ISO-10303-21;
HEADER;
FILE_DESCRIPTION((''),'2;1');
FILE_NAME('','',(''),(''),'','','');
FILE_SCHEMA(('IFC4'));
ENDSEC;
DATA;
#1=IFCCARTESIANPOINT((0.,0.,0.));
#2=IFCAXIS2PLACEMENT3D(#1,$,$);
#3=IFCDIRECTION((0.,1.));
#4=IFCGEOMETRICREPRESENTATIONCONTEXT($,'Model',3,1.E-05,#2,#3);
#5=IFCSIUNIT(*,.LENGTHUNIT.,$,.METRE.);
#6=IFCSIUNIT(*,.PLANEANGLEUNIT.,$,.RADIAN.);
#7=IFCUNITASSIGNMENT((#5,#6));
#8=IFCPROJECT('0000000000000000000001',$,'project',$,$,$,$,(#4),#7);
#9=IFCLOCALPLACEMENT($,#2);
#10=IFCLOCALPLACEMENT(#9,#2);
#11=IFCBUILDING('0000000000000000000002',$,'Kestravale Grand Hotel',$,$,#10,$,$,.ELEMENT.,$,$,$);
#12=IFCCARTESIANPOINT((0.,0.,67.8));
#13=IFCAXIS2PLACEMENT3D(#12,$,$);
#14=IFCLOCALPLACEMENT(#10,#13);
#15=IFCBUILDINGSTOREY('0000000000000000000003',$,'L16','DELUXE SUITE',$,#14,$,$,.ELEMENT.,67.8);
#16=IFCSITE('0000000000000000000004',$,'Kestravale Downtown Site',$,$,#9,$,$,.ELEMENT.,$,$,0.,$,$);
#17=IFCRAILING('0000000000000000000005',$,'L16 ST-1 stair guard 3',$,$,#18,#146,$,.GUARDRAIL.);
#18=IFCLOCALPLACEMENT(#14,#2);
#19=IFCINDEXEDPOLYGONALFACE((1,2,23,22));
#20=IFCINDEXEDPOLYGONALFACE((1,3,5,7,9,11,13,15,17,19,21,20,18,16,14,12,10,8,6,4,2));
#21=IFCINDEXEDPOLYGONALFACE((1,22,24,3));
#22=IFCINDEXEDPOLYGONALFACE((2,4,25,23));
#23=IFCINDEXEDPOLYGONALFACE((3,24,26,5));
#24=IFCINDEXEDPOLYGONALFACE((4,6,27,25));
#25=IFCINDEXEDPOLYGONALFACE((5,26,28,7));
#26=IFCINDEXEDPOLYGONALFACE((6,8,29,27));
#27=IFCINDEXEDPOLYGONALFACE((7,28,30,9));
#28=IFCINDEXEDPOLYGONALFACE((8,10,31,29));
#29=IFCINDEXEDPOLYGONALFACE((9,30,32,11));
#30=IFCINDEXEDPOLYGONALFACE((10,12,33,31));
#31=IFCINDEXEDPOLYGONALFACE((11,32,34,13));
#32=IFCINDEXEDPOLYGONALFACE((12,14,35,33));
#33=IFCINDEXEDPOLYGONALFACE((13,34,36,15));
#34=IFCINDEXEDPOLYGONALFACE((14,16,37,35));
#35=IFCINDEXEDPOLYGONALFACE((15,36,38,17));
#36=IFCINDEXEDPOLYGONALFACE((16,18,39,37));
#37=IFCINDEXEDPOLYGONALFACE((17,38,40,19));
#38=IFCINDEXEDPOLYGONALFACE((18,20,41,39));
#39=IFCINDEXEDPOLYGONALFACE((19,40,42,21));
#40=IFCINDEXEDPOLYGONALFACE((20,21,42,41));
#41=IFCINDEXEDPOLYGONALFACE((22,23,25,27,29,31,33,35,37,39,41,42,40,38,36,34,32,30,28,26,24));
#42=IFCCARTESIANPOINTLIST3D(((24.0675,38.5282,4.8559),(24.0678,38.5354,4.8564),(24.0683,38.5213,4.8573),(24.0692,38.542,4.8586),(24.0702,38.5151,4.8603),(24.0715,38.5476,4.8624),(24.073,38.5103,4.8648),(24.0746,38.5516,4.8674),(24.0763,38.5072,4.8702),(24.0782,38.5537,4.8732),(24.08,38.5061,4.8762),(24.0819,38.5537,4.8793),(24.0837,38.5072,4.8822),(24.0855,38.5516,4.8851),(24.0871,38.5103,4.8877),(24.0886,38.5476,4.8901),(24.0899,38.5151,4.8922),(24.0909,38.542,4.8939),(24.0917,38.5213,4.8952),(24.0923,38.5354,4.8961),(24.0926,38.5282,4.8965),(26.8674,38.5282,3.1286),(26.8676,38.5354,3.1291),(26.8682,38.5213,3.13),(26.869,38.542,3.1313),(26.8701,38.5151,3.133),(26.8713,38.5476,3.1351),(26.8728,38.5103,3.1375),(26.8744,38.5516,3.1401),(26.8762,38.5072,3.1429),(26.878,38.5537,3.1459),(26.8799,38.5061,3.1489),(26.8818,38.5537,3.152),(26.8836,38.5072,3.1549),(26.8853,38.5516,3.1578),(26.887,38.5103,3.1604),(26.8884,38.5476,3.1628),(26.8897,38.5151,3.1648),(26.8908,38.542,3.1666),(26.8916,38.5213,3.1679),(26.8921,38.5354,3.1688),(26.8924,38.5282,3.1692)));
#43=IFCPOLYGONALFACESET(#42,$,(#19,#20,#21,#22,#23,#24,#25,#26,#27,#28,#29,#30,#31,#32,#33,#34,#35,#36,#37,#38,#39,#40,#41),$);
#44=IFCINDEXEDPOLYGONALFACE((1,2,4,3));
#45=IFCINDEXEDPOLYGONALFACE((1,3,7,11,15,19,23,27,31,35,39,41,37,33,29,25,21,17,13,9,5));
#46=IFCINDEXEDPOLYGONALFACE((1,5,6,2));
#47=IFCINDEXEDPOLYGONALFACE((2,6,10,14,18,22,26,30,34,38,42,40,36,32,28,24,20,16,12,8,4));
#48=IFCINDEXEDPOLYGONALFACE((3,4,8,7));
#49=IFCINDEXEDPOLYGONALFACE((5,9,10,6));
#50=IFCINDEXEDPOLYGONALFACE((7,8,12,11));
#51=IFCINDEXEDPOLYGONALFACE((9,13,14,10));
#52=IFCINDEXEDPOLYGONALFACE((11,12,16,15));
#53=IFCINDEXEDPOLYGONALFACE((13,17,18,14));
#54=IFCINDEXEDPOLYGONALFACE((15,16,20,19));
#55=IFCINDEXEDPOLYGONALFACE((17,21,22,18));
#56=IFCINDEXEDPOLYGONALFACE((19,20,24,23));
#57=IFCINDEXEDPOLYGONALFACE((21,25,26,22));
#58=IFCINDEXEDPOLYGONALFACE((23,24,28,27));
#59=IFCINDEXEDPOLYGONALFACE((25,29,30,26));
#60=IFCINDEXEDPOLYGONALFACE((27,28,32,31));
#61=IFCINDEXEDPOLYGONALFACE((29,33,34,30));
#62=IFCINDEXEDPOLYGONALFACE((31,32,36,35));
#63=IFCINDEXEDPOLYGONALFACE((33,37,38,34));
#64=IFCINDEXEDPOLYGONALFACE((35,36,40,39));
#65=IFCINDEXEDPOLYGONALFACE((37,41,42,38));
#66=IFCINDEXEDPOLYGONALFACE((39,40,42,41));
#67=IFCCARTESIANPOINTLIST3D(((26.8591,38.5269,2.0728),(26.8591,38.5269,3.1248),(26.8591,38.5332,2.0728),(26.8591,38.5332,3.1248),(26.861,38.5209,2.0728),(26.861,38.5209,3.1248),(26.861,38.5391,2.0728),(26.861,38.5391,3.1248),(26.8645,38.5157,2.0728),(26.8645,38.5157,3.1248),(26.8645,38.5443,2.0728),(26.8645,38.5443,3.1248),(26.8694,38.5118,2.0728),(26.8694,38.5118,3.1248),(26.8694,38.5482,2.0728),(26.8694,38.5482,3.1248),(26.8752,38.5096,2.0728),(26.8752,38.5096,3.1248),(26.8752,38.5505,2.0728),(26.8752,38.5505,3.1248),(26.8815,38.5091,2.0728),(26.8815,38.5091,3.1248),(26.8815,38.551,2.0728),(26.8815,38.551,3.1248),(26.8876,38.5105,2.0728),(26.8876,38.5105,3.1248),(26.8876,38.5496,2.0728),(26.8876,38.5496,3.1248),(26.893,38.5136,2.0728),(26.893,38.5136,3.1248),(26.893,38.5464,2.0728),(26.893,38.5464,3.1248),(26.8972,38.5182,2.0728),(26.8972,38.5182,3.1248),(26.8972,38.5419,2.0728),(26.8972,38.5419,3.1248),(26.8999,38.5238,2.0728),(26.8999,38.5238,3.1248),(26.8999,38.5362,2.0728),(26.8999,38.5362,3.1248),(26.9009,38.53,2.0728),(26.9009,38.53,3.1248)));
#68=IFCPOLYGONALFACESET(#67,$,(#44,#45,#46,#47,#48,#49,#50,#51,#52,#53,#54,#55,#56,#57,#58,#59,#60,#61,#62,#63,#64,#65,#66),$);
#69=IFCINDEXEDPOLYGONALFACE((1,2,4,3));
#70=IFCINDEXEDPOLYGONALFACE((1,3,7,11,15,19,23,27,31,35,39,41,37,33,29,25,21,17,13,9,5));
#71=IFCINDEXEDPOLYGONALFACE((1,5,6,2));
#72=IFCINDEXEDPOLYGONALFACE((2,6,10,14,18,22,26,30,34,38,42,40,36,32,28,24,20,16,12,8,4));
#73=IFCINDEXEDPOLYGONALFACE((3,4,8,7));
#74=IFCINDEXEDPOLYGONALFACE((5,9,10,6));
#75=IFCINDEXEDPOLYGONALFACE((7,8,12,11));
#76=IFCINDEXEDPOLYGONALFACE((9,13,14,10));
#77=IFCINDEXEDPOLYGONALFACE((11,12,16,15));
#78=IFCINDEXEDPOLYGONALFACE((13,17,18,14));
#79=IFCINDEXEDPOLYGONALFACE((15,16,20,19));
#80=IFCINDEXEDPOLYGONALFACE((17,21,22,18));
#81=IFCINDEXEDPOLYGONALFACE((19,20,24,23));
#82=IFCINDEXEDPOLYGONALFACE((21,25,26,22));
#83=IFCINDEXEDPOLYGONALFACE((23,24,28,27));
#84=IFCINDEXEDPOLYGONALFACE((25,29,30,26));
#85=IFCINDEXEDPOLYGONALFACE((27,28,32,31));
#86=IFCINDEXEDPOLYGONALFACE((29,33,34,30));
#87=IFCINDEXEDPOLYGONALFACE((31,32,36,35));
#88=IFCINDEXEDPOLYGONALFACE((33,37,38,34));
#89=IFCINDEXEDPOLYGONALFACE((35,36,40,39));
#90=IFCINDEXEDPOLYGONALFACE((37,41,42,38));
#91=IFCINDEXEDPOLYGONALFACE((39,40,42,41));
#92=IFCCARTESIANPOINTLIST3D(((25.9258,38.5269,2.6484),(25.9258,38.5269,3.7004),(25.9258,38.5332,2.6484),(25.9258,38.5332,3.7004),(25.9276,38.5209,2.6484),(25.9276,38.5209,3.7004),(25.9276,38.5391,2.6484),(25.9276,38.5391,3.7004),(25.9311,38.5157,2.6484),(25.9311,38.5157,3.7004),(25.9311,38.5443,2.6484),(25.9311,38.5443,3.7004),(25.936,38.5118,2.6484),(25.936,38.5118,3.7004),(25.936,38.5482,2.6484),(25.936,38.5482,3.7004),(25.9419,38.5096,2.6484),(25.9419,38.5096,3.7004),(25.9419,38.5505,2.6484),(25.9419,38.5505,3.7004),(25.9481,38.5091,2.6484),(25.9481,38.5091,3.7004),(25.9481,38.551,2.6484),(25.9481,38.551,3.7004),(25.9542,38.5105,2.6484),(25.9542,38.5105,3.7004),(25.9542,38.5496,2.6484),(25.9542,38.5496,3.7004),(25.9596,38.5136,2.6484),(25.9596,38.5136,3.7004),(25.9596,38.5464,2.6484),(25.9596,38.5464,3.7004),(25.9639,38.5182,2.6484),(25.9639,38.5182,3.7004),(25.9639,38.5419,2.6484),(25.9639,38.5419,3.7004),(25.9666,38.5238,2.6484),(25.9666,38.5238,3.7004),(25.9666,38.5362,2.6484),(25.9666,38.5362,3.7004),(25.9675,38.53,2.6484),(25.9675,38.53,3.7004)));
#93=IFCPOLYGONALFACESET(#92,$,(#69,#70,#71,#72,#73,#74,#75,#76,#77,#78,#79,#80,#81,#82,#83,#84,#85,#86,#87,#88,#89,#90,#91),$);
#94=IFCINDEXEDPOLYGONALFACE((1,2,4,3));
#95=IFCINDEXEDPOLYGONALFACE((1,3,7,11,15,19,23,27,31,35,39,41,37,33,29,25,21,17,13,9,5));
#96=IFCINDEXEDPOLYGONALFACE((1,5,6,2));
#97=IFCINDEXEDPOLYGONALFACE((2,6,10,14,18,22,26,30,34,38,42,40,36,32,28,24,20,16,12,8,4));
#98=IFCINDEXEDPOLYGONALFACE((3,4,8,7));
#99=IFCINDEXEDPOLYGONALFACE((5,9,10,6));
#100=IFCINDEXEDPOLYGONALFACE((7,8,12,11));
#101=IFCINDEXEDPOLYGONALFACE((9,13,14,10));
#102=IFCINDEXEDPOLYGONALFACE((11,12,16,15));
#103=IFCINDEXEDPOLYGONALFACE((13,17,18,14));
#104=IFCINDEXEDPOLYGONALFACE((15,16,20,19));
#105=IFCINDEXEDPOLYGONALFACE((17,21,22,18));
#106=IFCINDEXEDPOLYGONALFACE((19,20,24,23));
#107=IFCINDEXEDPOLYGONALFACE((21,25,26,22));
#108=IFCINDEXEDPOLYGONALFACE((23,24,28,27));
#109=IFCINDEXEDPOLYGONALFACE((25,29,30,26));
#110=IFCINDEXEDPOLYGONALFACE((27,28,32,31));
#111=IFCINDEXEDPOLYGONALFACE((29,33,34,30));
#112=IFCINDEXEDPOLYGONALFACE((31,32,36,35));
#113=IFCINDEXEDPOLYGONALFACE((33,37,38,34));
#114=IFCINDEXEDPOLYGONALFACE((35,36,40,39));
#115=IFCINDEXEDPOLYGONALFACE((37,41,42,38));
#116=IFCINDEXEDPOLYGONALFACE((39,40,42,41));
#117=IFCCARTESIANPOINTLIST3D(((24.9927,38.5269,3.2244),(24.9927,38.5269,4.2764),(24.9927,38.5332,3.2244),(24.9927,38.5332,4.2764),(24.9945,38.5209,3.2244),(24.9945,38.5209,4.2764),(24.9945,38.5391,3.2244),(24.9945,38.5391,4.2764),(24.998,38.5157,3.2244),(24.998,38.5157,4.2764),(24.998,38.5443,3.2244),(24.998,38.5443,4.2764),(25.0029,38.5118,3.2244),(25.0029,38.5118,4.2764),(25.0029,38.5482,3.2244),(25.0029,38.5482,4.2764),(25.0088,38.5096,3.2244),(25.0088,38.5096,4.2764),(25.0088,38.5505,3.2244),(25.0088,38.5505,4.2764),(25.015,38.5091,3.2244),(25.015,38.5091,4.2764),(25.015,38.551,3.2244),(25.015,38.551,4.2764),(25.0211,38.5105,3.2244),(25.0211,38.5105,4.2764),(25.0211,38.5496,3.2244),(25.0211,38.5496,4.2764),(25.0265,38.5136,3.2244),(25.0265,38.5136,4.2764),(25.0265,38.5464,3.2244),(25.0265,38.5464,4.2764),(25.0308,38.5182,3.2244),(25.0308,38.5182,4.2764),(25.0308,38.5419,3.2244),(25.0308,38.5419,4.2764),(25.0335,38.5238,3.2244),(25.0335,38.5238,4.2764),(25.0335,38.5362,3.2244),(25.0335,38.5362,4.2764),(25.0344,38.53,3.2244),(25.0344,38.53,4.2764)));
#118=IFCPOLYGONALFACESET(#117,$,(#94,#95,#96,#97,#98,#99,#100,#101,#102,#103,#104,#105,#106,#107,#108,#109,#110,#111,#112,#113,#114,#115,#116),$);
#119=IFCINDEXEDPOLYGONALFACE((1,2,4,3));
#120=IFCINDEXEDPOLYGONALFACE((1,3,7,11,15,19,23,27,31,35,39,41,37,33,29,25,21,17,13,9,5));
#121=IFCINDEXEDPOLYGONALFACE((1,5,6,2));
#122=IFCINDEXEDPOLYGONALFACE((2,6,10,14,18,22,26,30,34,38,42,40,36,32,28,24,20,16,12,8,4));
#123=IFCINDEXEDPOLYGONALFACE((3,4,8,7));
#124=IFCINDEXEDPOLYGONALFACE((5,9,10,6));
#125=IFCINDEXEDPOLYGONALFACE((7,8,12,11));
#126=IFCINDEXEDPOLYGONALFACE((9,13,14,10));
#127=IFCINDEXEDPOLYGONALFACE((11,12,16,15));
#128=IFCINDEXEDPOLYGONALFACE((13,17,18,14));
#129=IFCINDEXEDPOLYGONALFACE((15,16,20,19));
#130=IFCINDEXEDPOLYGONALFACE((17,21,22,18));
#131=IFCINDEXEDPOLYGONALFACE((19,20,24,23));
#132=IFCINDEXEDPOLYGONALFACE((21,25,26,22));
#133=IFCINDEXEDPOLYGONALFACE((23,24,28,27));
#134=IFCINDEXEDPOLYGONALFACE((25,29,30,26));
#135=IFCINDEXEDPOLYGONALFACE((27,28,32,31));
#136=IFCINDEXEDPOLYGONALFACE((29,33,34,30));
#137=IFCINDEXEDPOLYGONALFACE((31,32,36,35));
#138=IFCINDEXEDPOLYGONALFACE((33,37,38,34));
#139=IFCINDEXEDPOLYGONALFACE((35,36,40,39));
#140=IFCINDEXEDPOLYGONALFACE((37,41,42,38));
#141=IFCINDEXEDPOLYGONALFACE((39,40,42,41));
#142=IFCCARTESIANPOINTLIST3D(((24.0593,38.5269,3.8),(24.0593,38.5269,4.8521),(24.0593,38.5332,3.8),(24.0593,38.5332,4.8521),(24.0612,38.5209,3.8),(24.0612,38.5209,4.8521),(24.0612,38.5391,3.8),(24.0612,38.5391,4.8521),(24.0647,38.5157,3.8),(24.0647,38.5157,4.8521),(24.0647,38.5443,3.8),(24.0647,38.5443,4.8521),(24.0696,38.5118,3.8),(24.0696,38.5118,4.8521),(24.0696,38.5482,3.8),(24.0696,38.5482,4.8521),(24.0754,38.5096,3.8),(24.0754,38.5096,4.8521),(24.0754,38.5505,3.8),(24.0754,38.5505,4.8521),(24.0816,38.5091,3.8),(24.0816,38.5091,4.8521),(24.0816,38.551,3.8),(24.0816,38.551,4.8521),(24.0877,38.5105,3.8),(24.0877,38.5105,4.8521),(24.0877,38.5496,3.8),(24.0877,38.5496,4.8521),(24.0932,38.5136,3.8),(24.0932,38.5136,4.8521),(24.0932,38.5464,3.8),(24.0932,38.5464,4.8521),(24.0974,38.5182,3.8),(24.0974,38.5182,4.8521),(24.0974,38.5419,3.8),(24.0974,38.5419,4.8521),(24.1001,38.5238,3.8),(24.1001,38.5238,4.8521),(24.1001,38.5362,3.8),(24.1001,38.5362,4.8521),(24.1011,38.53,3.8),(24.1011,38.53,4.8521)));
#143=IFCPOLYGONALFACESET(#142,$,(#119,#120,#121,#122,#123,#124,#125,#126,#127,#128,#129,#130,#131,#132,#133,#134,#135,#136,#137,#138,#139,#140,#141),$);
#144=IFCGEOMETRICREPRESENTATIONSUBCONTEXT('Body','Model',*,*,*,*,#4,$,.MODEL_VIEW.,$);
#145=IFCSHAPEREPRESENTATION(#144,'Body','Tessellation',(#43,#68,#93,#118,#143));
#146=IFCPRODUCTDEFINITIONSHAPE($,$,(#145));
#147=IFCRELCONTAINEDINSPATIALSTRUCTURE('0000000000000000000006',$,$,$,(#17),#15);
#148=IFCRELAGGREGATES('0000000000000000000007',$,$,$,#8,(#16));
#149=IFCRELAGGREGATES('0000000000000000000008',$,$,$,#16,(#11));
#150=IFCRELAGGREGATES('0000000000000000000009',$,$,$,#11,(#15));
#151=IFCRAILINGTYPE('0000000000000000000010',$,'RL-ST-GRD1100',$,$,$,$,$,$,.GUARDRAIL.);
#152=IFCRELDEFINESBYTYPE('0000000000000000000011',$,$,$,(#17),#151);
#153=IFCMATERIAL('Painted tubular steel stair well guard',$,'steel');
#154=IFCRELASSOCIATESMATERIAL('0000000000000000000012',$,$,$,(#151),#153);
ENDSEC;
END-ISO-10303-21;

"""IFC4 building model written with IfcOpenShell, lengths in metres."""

from ifc_helpers import new_model, si_unit, direction, frame, origin, origin_2d, place, context, subcontext, project, spatial, circle, extrude, material, type_object, element, save


model = new_model("IFC4")

# Units and contexts
model_context = context("Model", 3, precision=1e-05, world=origin(), true_north=direction((0.0, 1.0)))
body_context = subcontext(model_context, "Body", "Model", "MODEL_VIEW")
ifc_project = project(units=[si_unit("LENGTHUNIT", "METRE"), si_unit("PLANEANGLEUNIT", "RADIAN")], contexts=[model_context])

# Site, building, storey
site_placement = place(None, origin())
site = spatial("IfcSite", under=ifc_project, at=site_placement, Name="Kestravale Downtown Site", CompositionType="ELEMENT", RefElevation=0.0)
building_placement = place(site_placement, origin())
building = spatial("IfcBuilding", under=site, at=building_placement, Name="Kestravale Grand Hotel", CompositionType="ELEMENT")
storey_placement = place(building_placement, frame((0.0, 0.0, 67.8)))
storey = spatial("IfcBuildingStorey", under=building, at=storey_placement, Name="L16", Description="DELUXE SUITE", CompositionType="ELEMENT", Elevation=67.8)

# Railing
ifc_material_1 = material(Name="Painted tubular steel stair well guard", Category="steel")
railing_type_1 = type_object("IfcRailingType", Name="RL-ST-GRD1100", PredefinedType="GUARDRAIL", material=ifc_material_1)
railing_1_placement = place(storey_placement, frame((26.8799, 38.53, 2.0728)))
element("IfcRailing", 1, at=railing_1_placement, inside=storey, type_object=railing_type_1, Name="L16 ST-1 stair guard 3", PredefinedType="GUARDRAIL", context=body_context, shape_type="SweptSolid", body=[
    extrude(circle(Radius=0.0239, at=origin_2d()), frame((0.0, 0.0, 1.0762), z_axis=(-0.851069, 0.0, 0.525054), x_axis=(0.0, -1.0, 0.0)), (0.0, 0.0, 1.0), 3.2898),
    extrude(circle(Radius=0.021, at=origin_2d()), origin(), (0.0, 0.0, 1.0), 1.052),
    extrude(circle(Radius=0.021, at=origin_2d()), frame((-0.9333, 0.0, 0.5757)), (0.0, 0.0, 1.0), 1.052),
    extrude(circle(Radius=0.021, at=origin_2d()), frame((-1.8665, 0.0, 1.1516)), (0.0, 0.0, 1.0), 1.052),
    extrude(circle(Radius=0.021, at=origin_2d()), frame((-2.7998, 0.0, 1.7273)), (0.0, 0.0, 1.0), 1.052),
])

save(model, "model.ifc")
